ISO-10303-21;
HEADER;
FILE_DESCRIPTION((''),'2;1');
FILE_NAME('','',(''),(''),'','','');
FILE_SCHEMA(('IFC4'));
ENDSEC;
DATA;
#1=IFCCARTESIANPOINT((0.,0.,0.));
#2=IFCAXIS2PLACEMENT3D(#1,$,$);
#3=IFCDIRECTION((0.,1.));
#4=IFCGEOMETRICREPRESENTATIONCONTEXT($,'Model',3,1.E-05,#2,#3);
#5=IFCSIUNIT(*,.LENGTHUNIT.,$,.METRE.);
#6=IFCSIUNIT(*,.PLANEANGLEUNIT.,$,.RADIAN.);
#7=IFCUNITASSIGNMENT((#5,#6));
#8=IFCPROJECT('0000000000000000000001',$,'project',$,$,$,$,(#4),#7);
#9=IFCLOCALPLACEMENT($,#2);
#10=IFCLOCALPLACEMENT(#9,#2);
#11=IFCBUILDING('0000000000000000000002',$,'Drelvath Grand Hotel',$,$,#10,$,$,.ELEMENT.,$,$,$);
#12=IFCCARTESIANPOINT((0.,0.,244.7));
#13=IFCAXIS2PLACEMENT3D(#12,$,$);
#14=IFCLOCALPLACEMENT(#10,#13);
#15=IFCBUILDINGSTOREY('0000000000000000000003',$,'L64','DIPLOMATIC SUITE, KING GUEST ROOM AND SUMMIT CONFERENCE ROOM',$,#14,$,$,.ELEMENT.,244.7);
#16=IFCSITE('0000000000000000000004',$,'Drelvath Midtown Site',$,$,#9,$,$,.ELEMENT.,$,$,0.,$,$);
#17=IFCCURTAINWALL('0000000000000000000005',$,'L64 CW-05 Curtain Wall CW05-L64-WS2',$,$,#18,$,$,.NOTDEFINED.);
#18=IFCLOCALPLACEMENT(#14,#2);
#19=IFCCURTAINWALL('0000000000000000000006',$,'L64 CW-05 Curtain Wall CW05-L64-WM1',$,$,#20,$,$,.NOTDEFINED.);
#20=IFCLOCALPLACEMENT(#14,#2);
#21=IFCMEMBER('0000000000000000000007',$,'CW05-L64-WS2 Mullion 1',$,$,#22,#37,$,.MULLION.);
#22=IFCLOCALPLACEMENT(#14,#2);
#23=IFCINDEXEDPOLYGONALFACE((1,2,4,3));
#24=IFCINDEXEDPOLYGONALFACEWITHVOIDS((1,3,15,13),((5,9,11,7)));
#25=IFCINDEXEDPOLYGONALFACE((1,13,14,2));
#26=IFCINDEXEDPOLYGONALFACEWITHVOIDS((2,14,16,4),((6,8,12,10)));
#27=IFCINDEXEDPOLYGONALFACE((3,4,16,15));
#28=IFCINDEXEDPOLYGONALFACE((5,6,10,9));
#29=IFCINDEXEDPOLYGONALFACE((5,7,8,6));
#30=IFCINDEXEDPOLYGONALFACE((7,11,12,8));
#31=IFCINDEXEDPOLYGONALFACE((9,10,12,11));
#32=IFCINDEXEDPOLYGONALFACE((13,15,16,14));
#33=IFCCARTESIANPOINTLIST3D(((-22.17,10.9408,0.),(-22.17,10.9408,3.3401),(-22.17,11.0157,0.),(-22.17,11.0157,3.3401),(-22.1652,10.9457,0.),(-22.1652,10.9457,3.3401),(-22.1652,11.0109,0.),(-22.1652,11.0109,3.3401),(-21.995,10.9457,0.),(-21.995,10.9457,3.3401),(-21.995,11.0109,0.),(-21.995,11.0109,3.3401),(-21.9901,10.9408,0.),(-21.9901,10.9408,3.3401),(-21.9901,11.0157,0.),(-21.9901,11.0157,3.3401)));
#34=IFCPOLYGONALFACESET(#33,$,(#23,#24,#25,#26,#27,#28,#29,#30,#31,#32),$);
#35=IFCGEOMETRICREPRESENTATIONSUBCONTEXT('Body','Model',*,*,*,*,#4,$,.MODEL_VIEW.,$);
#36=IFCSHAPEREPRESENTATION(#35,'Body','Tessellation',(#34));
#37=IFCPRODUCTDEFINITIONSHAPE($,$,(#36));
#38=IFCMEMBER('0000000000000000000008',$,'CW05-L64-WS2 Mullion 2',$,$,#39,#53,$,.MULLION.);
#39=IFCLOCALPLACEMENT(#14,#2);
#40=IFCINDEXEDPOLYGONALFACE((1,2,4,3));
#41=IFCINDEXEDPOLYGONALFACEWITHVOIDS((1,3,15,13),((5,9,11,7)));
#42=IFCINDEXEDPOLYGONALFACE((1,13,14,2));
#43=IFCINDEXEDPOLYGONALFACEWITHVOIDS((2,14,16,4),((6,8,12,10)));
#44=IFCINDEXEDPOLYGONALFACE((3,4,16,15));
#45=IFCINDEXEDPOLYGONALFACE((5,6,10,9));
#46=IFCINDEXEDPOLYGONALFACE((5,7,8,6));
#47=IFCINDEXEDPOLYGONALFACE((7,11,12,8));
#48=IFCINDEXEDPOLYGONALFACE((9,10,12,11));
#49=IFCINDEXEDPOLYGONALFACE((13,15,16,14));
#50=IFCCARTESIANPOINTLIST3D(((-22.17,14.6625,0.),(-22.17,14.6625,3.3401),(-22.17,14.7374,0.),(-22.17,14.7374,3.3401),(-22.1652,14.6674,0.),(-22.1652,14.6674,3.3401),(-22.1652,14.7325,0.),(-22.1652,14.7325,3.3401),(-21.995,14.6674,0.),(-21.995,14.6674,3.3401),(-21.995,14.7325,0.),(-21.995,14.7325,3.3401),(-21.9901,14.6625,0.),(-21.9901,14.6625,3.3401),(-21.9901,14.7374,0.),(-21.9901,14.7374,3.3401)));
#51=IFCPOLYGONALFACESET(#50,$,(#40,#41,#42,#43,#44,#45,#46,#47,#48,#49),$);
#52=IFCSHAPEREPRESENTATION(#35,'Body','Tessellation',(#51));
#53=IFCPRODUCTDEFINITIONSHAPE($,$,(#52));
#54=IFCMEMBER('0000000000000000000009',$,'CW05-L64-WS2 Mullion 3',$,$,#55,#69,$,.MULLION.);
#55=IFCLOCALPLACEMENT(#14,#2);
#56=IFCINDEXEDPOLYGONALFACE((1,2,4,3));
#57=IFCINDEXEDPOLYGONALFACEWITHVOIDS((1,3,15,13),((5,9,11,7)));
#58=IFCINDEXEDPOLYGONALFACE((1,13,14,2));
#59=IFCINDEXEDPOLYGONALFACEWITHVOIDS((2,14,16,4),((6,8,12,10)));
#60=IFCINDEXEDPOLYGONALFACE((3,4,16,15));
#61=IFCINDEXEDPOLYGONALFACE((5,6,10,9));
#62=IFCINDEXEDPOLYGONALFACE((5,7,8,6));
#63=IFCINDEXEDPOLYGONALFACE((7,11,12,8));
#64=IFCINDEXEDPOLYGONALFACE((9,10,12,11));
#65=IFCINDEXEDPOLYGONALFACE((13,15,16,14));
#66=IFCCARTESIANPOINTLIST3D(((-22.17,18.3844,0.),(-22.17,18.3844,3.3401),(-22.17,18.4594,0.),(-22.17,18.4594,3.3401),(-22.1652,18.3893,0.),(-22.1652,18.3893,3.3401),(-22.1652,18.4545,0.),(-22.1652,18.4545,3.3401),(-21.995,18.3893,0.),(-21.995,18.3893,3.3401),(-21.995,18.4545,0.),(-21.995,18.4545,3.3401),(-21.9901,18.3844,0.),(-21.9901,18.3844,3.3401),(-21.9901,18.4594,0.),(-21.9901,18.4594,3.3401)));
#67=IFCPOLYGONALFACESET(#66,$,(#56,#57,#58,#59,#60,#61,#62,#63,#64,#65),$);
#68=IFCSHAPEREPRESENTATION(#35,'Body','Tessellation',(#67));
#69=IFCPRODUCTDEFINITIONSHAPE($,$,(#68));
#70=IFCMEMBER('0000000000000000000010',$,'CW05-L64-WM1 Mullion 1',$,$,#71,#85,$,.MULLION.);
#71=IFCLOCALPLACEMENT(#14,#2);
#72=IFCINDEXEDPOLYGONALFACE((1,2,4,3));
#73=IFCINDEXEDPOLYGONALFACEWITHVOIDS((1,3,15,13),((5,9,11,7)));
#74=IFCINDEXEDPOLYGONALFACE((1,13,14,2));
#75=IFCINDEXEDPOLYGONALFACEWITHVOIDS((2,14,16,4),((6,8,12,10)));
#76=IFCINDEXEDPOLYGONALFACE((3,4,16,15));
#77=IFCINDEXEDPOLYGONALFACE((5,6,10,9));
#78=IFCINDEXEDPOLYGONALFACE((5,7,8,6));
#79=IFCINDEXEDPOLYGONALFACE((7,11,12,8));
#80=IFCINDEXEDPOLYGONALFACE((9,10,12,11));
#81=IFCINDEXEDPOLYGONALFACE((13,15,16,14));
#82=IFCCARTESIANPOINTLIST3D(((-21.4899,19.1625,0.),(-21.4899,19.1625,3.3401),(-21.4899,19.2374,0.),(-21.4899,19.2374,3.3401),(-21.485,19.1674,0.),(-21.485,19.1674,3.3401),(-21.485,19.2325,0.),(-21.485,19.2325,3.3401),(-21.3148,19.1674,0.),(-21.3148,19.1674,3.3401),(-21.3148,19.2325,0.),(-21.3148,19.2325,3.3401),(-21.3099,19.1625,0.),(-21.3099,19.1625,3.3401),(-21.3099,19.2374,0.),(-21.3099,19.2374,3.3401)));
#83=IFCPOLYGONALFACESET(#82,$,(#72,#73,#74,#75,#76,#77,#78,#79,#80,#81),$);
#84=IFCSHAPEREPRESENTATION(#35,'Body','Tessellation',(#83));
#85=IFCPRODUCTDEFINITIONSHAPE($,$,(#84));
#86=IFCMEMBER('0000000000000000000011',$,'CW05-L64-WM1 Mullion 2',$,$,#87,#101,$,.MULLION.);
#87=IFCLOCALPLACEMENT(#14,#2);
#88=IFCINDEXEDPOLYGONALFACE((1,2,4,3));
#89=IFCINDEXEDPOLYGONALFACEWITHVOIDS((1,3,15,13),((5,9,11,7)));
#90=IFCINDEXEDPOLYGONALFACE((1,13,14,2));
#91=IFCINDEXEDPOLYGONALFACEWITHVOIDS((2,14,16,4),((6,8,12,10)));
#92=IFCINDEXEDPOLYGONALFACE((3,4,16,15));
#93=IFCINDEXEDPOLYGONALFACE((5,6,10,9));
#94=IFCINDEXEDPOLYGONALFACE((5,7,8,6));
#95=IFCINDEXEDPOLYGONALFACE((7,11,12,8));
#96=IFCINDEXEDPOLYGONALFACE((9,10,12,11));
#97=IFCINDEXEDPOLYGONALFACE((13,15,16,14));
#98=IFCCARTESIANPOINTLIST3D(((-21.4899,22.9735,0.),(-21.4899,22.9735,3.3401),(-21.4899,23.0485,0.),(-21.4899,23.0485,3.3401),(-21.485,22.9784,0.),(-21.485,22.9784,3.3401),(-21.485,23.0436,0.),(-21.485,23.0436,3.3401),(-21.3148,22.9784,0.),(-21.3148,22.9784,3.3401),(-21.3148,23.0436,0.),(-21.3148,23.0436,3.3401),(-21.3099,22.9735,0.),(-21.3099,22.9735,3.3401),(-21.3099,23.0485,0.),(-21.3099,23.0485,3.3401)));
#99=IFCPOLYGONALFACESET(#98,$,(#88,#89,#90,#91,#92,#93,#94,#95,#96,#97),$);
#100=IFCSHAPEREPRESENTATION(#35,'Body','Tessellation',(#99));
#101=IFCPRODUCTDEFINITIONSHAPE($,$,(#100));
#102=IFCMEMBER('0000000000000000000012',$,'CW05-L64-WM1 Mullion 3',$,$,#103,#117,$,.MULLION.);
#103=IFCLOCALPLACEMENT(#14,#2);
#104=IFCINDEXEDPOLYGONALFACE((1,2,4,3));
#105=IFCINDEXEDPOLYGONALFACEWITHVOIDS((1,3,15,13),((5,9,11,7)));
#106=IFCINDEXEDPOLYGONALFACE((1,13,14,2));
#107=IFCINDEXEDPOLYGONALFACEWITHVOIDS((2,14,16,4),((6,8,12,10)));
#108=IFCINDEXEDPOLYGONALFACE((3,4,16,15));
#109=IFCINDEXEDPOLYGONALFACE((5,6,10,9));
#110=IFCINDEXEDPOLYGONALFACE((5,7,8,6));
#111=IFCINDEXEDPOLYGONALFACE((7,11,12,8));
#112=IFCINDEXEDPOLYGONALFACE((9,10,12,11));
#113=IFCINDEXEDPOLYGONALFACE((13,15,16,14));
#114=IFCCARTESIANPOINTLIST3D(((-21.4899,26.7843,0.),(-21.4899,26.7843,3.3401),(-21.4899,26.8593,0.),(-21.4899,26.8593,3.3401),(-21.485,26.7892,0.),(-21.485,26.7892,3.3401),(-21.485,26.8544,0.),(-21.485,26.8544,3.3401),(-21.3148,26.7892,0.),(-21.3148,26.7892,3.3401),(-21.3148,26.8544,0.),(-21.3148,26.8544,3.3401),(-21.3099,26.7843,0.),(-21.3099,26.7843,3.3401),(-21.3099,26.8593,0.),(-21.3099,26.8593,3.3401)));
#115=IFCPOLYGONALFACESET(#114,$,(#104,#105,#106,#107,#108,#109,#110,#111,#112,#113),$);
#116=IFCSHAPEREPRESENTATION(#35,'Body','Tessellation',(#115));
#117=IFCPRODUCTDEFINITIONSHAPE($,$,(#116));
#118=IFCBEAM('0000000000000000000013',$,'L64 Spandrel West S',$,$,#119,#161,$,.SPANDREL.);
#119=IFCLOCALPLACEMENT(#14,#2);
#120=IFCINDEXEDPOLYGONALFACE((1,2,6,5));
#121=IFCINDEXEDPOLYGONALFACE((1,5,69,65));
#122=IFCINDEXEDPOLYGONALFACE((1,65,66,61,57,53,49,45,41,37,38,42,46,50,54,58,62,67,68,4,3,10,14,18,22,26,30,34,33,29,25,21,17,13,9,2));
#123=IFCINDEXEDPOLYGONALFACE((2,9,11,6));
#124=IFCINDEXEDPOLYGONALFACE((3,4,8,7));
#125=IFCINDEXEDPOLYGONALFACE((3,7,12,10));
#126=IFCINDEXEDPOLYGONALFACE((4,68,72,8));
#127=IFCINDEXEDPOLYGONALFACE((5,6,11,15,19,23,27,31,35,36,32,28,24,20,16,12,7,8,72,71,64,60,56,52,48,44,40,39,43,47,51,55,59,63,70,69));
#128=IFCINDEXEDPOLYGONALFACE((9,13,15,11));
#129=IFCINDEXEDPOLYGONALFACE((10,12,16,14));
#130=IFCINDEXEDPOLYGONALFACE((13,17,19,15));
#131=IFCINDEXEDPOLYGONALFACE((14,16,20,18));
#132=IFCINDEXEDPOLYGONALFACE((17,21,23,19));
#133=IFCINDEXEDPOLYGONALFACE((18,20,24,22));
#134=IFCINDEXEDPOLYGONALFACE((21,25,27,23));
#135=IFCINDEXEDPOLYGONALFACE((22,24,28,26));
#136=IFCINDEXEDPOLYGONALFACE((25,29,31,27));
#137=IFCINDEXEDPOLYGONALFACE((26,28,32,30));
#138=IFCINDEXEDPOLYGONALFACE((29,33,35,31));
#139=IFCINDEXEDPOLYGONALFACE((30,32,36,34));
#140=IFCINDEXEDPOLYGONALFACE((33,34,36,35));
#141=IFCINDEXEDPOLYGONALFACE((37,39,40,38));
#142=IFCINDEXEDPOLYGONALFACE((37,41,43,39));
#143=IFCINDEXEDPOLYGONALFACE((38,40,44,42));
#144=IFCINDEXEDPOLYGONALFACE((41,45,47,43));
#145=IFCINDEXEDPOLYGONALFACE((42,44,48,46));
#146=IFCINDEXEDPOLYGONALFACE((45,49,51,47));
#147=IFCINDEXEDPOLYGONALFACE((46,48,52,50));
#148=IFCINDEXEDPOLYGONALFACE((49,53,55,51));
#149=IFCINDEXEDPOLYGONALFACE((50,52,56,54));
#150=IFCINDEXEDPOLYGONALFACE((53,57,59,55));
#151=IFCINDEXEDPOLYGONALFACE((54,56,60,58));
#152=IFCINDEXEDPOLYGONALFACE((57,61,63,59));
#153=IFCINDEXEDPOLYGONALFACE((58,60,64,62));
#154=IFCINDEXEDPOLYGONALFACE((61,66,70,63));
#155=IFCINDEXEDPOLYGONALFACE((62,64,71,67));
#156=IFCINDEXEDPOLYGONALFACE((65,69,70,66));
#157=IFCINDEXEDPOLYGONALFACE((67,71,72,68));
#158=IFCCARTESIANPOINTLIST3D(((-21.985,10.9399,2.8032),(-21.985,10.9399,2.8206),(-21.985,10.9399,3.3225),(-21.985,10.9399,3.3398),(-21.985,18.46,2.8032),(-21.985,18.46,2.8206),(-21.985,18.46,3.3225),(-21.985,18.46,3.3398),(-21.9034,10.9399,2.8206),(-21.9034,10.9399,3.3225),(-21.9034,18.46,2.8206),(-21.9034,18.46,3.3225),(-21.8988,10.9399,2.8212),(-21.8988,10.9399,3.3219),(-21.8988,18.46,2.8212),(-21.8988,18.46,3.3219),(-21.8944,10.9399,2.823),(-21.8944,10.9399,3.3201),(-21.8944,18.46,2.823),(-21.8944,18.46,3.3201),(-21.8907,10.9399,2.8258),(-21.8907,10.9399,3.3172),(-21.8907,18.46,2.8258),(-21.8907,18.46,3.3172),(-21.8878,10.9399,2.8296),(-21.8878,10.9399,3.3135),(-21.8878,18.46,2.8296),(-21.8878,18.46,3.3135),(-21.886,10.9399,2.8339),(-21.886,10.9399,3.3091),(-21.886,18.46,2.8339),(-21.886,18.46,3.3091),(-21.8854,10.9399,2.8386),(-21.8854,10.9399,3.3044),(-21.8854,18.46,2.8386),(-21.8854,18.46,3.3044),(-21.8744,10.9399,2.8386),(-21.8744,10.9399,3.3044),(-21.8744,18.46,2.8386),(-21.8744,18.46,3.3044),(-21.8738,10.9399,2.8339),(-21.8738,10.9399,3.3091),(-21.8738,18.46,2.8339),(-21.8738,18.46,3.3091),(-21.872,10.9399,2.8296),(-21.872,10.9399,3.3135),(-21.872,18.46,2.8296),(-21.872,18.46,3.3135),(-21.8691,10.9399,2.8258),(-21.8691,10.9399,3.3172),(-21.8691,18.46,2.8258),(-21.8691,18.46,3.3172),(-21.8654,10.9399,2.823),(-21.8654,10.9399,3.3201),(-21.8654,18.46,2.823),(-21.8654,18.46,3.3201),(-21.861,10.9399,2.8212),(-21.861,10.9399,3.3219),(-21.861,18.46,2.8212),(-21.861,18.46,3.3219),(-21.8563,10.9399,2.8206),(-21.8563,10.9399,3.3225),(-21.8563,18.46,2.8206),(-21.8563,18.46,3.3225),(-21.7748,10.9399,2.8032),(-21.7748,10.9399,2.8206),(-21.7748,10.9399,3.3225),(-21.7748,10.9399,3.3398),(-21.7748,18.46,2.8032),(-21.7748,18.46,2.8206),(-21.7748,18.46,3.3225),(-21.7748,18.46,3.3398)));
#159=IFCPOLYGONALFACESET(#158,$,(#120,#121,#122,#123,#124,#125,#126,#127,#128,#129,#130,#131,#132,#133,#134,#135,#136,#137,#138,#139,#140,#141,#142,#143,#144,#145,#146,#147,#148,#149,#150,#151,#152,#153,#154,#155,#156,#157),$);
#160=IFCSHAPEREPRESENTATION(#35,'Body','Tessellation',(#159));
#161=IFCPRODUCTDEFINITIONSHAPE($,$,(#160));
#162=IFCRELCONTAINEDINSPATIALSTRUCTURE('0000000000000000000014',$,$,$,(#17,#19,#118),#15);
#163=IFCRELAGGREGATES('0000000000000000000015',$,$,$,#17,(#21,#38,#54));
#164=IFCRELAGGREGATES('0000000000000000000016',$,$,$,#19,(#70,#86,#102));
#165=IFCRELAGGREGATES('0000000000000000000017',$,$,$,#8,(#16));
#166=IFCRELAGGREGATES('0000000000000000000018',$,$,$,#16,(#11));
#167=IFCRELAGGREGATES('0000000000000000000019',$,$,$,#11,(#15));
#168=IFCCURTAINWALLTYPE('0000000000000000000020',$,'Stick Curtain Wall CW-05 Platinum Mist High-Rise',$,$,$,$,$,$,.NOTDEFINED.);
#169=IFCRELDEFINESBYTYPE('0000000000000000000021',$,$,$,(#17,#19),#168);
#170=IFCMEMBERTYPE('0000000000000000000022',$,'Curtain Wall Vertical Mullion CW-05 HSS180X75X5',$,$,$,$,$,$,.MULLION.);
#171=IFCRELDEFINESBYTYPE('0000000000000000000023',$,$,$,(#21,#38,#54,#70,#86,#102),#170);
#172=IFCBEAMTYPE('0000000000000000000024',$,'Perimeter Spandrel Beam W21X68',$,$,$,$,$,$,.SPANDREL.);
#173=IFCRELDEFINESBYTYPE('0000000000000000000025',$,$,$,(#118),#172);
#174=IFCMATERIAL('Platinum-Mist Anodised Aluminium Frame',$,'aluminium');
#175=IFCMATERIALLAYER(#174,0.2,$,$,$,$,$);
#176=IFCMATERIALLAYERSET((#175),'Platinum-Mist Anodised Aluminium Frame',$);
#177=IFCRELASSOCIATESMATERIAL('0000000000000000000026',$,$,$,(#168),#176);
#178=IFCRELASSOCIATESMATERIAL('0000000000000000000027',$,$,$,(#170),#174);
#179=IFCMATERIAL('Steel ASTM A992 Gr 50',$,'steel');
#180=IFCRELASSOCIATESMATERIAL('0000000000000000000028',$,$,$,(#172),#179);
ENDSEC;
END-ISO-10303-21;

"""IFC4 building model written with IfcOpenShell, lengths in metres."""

from ifc_helpers import new_model, si_unit, direction, frame, origin, origin_2d, place, context, subcontext, project, spatial, hollow_rectangle, i_section, extrude, material, layer, layer_set, material_profile, profile_set, type_object, element, aggregate, save


model = new_model("IFC4")

# Units and contexts
model_context = context("Model", 3, precision=1e-05, world=origin(), true_north=direction((0.0, 1.0)))
body_context = subcontext(model_context, "Body", "Model", "MODEL_VIEW")
ifc_project = project(units=[si_unit("LENGTHUNIT", "METRE"), si_unit("PLANEANGLEUNIT", "RADIAN")], contexts=[model_context])

# Site, building, storey
site_placement = place(None, origin())
site = spatial("IfcSite", under=ifc_project, at=site_placement, Name="Drelvath Midtown Site", CompositionType="ELEMENT", RefElevation=0.0)
building_placement = place(site_placement, origin())
building = spatial("IfcBuilding", under=site, at=building_placement, Name="Drelvath Grand Hotel", CompositionType="ELEMENT")
storey_placement = place(building_placement, frame((0.0, 0.0, 244.7)))
storey = spatial("IfcBuildingStorey", under=building, at=storey_placement, Name="L64", Description="DIPLOMATIC SUITE, KING GUEST ROOM AND SUMMIT CONFERENCE ROOM", CompositionType="ELEMENT", Elevation=244.7)

# Shared definitions
ifc_material_1 = material(Name="Steel ASTM A992 Gr 50", Category="steel")

# Curtain walls
ifc_material_2 = material(Name="Platinum-Mist Anodised Aluminium Frame", Category="aluminium")
ifc_layer_1 = layer(ifc_material_2, 0.2)
ifc_layer_set_1 = layer_set([ifc_layer_1], Name="Platinum-Mist Anodised Aluminium Frame")
curtain_wall_type = type_object("IfcCurtainWallType", Name="Stick Curtain Wall CW-05 Platinum Mist High-Rise", PredefinedType="NOTDEFINED", material=ifc_layer_set_1)
curtain_wall_1_placement = place(storey_placement, origin())
curtain_wall_1 = element("IfcCurtainWall", 1, at=curtain_wall_1_placement, inside=storey, type_object=curtain_wall_type, Name="L64 CW-05 Curtain Wall CW05-L64-WS2", PredefinedType="NOTDEFINED")
curtain_wall_2_placement = place(storey_placement, origin())
curtain_wall_2 = element("IfcCurtainWall", 2, at=curtain_wall_2_placement, inside=storey, type_object=curtain_wall_type, Name="L64 CW-05 Curtain Wall CW05-L64-WM1", PredefinedType="NOTDEFINED")

# Members
ifc_material_profile_1 = material_profile(ifc_material_2, hollow_rectangle(XDim=0.075, YDim=0.1799, WallThickness=0.0049, at=origin_2d()), Name="HSS180X75X5")
ifc_profile_set_1 = profile_set([ifc_material_profile_1], Name="Platinum-Mist Anodised Aluminium Frame")
member_type_1 = type_object("IfcMemberType", Name="Curtain Wall Vertical Mullion CW-05 HSS180X75X5", PredefinedType="MULLION", material=ifc_profile_set_1)
member_1_placement = place(storey_placement, frame((-22.0801, 10.9783, 0.0), z_axis=(0.0, 0.0, 1.0), x_axis=(0.0, 1.0, 0.0)))
member_1 = element("IfcMember", 3, at=member_1_placement, type_object=member_type_1, Name="CW05-L64-WS2 Mullion 1", PredefinedType="MULLION", context=body_context, shape_type="SweptSolid", body=[
    extrude(hollow_rectangle(XDim=0.075, YDim=0.1799, WallThickness=0.0049, at=origin_2d()), origin(), (0.0, 0.0, 1.0), 3.3401),
])
member_2_placement = place(storey_placement, frame((-22.0801, 14.7, 0.0), z_axis=(0.0, 0.0, 1.0), x_axis=(0.0, 1.0, 0.0)))
member_2 = element("IfcMember", 4, at=member_2_placement, type_object=member_type_1, Name="CW05-L64-WS2 Mullion 2", PredefinedType="MULLION", context=body_context, shape_type="SweptSolid", body=[
    extrude(hollow_rectangle(XDim=0.075, YDim=0.1799, WallThickness=0.0049, at=origin_2d()), origin(), (0.0, 0.0, 1.0), 3.3401),
])
member_3_placement = place(storey_placement, frame((-22.0801, 18.4219, 0.0), z_axis=(0.0, 0.0, 1.0), x_axis=(0.0, 1.0, 0.0)))
member_3 = element("IfcMember", 5, at=member_3_placement, type_object=member_type_1, Name="CW05-L64-WS2 Mullion 3", PredefinedType="MULLION", context=body_context, shape_type="SweptSolid", body=[
    extrude(hollow_rectangle(XDim=0.075, YDim=0.1799, WallThickness=0.0049, at=origin_2d()), origin(), (0.0, 0.0, 1.0), 3.3401),
])
member_4_placement = place(storey_placement, frame((-21.3999, 19.2, 0.0), z_axis=(0.0, 0.0, 1.0), x_axis=(0.0, 1.0, 0.0)))
member_4 = element("IfcMember", 6, at=member_4_placement, type_object=member_type_1, Name="CW05-L64-WM1 Mullion 1", PredefinedType="MULLION", context=body_context, shape_type="SweptSolid", body=[
    extrude(hollow_rectangle(XDim=0.075, YDim=0.1799, WallThickness=0.0049, at=origin_2d()), origin(), (0.0, 0.0, 1.0), 3.3401),
])
member_5_placement = place(storey_placement, frame((-21.3999, 23.011, 0.0), z_axis=(0.0, 0.0, 1.0), x_axis=(0.0, 1.0, 0.0)))
member_5 = element("IfcMember", 7, at=member_5_placement, type_object=member_type_1, Name="CW05-L64-WM1 Mullion 2", PredefinedType="MULLION", context=body_context, shape_type="SweptSolid", body=[
    extrude(hollow_rectangle(XDim=0.075, YDim=0.1799, WallThickness=0.0049, at=origin_2d()), origin(), (0.0, 0.0, 1.0), 3.3401),
])
member_6_placement = place(storey_placement, frame((-21.3999, 26.8218, 0.0), z_axis=(0.0, 0.0, 1.0), x_axis=(0.0, 1.0, 0.0)))
member_6 = element("IfcMember", 8, at=member_6_placement, type_object=member_type_1, Name="CW05-L64-WM1 Mullion 3", PredefinedType="MULLION", context=body_context, shape_type="SweptSolid", body=[
    extrude(hollow_rectangle(XDim=0.075, YDim=0.1799, WallThickness=0.0049, at=origin_2d()), origin(), (0.0, 0.0, 1.0), 3.3401),
])

# Beam
ifc_material_profile_2 = material_profile(ifc_material_1, i_section(OverallWidth=0.2102, OverallDepth=0.5366, WebThickness=0.011, FlangeThickness=0.0173, FilletRadius=0.0181, at=origin_2d()), Name="W21X68")
ifc_profile_set_2 = profile_set([ifc_material_profile_2], Name="Steel ASTM A992 Gr 50")
beam_type_1 = type_object("IfcBeamType", Name="Perimeter Spandrel Beam W21X68", PredefinedType="SPANDREL", material=ifc_profile_set_2)
beam_1_placement = place(storey_placement, frame((-21.8799, 10.9399, 3.0715), z_axis=(0.0, 1.0, 0.0), x_axis=(-1.0, 0.0, 0.0)))
element("IfcBeam", 9, at=beam_1_placement, inside=storey, type_object=beam_type_1, Name="L64 Spandrel West S", PredefinedType="SPANDREL", context=body_context, shape_type="SweptSolid", body=[
    extrude(i_section(OverallWidth=0.2102, OverallDepth=0.5366, WebThickness=0.011, FlangeThickness=0.0173, FilletRadius=0.0181, at=origin_2d()), origin(), (0.0, 0.0, 1.0), 7.52),
])

aggregate(curtain_wall_1, [member_1, member_2, member_3])
aggregate(curtain_wall_2, [member_4, member_5, member_6])

save(model, "model.ifc")
